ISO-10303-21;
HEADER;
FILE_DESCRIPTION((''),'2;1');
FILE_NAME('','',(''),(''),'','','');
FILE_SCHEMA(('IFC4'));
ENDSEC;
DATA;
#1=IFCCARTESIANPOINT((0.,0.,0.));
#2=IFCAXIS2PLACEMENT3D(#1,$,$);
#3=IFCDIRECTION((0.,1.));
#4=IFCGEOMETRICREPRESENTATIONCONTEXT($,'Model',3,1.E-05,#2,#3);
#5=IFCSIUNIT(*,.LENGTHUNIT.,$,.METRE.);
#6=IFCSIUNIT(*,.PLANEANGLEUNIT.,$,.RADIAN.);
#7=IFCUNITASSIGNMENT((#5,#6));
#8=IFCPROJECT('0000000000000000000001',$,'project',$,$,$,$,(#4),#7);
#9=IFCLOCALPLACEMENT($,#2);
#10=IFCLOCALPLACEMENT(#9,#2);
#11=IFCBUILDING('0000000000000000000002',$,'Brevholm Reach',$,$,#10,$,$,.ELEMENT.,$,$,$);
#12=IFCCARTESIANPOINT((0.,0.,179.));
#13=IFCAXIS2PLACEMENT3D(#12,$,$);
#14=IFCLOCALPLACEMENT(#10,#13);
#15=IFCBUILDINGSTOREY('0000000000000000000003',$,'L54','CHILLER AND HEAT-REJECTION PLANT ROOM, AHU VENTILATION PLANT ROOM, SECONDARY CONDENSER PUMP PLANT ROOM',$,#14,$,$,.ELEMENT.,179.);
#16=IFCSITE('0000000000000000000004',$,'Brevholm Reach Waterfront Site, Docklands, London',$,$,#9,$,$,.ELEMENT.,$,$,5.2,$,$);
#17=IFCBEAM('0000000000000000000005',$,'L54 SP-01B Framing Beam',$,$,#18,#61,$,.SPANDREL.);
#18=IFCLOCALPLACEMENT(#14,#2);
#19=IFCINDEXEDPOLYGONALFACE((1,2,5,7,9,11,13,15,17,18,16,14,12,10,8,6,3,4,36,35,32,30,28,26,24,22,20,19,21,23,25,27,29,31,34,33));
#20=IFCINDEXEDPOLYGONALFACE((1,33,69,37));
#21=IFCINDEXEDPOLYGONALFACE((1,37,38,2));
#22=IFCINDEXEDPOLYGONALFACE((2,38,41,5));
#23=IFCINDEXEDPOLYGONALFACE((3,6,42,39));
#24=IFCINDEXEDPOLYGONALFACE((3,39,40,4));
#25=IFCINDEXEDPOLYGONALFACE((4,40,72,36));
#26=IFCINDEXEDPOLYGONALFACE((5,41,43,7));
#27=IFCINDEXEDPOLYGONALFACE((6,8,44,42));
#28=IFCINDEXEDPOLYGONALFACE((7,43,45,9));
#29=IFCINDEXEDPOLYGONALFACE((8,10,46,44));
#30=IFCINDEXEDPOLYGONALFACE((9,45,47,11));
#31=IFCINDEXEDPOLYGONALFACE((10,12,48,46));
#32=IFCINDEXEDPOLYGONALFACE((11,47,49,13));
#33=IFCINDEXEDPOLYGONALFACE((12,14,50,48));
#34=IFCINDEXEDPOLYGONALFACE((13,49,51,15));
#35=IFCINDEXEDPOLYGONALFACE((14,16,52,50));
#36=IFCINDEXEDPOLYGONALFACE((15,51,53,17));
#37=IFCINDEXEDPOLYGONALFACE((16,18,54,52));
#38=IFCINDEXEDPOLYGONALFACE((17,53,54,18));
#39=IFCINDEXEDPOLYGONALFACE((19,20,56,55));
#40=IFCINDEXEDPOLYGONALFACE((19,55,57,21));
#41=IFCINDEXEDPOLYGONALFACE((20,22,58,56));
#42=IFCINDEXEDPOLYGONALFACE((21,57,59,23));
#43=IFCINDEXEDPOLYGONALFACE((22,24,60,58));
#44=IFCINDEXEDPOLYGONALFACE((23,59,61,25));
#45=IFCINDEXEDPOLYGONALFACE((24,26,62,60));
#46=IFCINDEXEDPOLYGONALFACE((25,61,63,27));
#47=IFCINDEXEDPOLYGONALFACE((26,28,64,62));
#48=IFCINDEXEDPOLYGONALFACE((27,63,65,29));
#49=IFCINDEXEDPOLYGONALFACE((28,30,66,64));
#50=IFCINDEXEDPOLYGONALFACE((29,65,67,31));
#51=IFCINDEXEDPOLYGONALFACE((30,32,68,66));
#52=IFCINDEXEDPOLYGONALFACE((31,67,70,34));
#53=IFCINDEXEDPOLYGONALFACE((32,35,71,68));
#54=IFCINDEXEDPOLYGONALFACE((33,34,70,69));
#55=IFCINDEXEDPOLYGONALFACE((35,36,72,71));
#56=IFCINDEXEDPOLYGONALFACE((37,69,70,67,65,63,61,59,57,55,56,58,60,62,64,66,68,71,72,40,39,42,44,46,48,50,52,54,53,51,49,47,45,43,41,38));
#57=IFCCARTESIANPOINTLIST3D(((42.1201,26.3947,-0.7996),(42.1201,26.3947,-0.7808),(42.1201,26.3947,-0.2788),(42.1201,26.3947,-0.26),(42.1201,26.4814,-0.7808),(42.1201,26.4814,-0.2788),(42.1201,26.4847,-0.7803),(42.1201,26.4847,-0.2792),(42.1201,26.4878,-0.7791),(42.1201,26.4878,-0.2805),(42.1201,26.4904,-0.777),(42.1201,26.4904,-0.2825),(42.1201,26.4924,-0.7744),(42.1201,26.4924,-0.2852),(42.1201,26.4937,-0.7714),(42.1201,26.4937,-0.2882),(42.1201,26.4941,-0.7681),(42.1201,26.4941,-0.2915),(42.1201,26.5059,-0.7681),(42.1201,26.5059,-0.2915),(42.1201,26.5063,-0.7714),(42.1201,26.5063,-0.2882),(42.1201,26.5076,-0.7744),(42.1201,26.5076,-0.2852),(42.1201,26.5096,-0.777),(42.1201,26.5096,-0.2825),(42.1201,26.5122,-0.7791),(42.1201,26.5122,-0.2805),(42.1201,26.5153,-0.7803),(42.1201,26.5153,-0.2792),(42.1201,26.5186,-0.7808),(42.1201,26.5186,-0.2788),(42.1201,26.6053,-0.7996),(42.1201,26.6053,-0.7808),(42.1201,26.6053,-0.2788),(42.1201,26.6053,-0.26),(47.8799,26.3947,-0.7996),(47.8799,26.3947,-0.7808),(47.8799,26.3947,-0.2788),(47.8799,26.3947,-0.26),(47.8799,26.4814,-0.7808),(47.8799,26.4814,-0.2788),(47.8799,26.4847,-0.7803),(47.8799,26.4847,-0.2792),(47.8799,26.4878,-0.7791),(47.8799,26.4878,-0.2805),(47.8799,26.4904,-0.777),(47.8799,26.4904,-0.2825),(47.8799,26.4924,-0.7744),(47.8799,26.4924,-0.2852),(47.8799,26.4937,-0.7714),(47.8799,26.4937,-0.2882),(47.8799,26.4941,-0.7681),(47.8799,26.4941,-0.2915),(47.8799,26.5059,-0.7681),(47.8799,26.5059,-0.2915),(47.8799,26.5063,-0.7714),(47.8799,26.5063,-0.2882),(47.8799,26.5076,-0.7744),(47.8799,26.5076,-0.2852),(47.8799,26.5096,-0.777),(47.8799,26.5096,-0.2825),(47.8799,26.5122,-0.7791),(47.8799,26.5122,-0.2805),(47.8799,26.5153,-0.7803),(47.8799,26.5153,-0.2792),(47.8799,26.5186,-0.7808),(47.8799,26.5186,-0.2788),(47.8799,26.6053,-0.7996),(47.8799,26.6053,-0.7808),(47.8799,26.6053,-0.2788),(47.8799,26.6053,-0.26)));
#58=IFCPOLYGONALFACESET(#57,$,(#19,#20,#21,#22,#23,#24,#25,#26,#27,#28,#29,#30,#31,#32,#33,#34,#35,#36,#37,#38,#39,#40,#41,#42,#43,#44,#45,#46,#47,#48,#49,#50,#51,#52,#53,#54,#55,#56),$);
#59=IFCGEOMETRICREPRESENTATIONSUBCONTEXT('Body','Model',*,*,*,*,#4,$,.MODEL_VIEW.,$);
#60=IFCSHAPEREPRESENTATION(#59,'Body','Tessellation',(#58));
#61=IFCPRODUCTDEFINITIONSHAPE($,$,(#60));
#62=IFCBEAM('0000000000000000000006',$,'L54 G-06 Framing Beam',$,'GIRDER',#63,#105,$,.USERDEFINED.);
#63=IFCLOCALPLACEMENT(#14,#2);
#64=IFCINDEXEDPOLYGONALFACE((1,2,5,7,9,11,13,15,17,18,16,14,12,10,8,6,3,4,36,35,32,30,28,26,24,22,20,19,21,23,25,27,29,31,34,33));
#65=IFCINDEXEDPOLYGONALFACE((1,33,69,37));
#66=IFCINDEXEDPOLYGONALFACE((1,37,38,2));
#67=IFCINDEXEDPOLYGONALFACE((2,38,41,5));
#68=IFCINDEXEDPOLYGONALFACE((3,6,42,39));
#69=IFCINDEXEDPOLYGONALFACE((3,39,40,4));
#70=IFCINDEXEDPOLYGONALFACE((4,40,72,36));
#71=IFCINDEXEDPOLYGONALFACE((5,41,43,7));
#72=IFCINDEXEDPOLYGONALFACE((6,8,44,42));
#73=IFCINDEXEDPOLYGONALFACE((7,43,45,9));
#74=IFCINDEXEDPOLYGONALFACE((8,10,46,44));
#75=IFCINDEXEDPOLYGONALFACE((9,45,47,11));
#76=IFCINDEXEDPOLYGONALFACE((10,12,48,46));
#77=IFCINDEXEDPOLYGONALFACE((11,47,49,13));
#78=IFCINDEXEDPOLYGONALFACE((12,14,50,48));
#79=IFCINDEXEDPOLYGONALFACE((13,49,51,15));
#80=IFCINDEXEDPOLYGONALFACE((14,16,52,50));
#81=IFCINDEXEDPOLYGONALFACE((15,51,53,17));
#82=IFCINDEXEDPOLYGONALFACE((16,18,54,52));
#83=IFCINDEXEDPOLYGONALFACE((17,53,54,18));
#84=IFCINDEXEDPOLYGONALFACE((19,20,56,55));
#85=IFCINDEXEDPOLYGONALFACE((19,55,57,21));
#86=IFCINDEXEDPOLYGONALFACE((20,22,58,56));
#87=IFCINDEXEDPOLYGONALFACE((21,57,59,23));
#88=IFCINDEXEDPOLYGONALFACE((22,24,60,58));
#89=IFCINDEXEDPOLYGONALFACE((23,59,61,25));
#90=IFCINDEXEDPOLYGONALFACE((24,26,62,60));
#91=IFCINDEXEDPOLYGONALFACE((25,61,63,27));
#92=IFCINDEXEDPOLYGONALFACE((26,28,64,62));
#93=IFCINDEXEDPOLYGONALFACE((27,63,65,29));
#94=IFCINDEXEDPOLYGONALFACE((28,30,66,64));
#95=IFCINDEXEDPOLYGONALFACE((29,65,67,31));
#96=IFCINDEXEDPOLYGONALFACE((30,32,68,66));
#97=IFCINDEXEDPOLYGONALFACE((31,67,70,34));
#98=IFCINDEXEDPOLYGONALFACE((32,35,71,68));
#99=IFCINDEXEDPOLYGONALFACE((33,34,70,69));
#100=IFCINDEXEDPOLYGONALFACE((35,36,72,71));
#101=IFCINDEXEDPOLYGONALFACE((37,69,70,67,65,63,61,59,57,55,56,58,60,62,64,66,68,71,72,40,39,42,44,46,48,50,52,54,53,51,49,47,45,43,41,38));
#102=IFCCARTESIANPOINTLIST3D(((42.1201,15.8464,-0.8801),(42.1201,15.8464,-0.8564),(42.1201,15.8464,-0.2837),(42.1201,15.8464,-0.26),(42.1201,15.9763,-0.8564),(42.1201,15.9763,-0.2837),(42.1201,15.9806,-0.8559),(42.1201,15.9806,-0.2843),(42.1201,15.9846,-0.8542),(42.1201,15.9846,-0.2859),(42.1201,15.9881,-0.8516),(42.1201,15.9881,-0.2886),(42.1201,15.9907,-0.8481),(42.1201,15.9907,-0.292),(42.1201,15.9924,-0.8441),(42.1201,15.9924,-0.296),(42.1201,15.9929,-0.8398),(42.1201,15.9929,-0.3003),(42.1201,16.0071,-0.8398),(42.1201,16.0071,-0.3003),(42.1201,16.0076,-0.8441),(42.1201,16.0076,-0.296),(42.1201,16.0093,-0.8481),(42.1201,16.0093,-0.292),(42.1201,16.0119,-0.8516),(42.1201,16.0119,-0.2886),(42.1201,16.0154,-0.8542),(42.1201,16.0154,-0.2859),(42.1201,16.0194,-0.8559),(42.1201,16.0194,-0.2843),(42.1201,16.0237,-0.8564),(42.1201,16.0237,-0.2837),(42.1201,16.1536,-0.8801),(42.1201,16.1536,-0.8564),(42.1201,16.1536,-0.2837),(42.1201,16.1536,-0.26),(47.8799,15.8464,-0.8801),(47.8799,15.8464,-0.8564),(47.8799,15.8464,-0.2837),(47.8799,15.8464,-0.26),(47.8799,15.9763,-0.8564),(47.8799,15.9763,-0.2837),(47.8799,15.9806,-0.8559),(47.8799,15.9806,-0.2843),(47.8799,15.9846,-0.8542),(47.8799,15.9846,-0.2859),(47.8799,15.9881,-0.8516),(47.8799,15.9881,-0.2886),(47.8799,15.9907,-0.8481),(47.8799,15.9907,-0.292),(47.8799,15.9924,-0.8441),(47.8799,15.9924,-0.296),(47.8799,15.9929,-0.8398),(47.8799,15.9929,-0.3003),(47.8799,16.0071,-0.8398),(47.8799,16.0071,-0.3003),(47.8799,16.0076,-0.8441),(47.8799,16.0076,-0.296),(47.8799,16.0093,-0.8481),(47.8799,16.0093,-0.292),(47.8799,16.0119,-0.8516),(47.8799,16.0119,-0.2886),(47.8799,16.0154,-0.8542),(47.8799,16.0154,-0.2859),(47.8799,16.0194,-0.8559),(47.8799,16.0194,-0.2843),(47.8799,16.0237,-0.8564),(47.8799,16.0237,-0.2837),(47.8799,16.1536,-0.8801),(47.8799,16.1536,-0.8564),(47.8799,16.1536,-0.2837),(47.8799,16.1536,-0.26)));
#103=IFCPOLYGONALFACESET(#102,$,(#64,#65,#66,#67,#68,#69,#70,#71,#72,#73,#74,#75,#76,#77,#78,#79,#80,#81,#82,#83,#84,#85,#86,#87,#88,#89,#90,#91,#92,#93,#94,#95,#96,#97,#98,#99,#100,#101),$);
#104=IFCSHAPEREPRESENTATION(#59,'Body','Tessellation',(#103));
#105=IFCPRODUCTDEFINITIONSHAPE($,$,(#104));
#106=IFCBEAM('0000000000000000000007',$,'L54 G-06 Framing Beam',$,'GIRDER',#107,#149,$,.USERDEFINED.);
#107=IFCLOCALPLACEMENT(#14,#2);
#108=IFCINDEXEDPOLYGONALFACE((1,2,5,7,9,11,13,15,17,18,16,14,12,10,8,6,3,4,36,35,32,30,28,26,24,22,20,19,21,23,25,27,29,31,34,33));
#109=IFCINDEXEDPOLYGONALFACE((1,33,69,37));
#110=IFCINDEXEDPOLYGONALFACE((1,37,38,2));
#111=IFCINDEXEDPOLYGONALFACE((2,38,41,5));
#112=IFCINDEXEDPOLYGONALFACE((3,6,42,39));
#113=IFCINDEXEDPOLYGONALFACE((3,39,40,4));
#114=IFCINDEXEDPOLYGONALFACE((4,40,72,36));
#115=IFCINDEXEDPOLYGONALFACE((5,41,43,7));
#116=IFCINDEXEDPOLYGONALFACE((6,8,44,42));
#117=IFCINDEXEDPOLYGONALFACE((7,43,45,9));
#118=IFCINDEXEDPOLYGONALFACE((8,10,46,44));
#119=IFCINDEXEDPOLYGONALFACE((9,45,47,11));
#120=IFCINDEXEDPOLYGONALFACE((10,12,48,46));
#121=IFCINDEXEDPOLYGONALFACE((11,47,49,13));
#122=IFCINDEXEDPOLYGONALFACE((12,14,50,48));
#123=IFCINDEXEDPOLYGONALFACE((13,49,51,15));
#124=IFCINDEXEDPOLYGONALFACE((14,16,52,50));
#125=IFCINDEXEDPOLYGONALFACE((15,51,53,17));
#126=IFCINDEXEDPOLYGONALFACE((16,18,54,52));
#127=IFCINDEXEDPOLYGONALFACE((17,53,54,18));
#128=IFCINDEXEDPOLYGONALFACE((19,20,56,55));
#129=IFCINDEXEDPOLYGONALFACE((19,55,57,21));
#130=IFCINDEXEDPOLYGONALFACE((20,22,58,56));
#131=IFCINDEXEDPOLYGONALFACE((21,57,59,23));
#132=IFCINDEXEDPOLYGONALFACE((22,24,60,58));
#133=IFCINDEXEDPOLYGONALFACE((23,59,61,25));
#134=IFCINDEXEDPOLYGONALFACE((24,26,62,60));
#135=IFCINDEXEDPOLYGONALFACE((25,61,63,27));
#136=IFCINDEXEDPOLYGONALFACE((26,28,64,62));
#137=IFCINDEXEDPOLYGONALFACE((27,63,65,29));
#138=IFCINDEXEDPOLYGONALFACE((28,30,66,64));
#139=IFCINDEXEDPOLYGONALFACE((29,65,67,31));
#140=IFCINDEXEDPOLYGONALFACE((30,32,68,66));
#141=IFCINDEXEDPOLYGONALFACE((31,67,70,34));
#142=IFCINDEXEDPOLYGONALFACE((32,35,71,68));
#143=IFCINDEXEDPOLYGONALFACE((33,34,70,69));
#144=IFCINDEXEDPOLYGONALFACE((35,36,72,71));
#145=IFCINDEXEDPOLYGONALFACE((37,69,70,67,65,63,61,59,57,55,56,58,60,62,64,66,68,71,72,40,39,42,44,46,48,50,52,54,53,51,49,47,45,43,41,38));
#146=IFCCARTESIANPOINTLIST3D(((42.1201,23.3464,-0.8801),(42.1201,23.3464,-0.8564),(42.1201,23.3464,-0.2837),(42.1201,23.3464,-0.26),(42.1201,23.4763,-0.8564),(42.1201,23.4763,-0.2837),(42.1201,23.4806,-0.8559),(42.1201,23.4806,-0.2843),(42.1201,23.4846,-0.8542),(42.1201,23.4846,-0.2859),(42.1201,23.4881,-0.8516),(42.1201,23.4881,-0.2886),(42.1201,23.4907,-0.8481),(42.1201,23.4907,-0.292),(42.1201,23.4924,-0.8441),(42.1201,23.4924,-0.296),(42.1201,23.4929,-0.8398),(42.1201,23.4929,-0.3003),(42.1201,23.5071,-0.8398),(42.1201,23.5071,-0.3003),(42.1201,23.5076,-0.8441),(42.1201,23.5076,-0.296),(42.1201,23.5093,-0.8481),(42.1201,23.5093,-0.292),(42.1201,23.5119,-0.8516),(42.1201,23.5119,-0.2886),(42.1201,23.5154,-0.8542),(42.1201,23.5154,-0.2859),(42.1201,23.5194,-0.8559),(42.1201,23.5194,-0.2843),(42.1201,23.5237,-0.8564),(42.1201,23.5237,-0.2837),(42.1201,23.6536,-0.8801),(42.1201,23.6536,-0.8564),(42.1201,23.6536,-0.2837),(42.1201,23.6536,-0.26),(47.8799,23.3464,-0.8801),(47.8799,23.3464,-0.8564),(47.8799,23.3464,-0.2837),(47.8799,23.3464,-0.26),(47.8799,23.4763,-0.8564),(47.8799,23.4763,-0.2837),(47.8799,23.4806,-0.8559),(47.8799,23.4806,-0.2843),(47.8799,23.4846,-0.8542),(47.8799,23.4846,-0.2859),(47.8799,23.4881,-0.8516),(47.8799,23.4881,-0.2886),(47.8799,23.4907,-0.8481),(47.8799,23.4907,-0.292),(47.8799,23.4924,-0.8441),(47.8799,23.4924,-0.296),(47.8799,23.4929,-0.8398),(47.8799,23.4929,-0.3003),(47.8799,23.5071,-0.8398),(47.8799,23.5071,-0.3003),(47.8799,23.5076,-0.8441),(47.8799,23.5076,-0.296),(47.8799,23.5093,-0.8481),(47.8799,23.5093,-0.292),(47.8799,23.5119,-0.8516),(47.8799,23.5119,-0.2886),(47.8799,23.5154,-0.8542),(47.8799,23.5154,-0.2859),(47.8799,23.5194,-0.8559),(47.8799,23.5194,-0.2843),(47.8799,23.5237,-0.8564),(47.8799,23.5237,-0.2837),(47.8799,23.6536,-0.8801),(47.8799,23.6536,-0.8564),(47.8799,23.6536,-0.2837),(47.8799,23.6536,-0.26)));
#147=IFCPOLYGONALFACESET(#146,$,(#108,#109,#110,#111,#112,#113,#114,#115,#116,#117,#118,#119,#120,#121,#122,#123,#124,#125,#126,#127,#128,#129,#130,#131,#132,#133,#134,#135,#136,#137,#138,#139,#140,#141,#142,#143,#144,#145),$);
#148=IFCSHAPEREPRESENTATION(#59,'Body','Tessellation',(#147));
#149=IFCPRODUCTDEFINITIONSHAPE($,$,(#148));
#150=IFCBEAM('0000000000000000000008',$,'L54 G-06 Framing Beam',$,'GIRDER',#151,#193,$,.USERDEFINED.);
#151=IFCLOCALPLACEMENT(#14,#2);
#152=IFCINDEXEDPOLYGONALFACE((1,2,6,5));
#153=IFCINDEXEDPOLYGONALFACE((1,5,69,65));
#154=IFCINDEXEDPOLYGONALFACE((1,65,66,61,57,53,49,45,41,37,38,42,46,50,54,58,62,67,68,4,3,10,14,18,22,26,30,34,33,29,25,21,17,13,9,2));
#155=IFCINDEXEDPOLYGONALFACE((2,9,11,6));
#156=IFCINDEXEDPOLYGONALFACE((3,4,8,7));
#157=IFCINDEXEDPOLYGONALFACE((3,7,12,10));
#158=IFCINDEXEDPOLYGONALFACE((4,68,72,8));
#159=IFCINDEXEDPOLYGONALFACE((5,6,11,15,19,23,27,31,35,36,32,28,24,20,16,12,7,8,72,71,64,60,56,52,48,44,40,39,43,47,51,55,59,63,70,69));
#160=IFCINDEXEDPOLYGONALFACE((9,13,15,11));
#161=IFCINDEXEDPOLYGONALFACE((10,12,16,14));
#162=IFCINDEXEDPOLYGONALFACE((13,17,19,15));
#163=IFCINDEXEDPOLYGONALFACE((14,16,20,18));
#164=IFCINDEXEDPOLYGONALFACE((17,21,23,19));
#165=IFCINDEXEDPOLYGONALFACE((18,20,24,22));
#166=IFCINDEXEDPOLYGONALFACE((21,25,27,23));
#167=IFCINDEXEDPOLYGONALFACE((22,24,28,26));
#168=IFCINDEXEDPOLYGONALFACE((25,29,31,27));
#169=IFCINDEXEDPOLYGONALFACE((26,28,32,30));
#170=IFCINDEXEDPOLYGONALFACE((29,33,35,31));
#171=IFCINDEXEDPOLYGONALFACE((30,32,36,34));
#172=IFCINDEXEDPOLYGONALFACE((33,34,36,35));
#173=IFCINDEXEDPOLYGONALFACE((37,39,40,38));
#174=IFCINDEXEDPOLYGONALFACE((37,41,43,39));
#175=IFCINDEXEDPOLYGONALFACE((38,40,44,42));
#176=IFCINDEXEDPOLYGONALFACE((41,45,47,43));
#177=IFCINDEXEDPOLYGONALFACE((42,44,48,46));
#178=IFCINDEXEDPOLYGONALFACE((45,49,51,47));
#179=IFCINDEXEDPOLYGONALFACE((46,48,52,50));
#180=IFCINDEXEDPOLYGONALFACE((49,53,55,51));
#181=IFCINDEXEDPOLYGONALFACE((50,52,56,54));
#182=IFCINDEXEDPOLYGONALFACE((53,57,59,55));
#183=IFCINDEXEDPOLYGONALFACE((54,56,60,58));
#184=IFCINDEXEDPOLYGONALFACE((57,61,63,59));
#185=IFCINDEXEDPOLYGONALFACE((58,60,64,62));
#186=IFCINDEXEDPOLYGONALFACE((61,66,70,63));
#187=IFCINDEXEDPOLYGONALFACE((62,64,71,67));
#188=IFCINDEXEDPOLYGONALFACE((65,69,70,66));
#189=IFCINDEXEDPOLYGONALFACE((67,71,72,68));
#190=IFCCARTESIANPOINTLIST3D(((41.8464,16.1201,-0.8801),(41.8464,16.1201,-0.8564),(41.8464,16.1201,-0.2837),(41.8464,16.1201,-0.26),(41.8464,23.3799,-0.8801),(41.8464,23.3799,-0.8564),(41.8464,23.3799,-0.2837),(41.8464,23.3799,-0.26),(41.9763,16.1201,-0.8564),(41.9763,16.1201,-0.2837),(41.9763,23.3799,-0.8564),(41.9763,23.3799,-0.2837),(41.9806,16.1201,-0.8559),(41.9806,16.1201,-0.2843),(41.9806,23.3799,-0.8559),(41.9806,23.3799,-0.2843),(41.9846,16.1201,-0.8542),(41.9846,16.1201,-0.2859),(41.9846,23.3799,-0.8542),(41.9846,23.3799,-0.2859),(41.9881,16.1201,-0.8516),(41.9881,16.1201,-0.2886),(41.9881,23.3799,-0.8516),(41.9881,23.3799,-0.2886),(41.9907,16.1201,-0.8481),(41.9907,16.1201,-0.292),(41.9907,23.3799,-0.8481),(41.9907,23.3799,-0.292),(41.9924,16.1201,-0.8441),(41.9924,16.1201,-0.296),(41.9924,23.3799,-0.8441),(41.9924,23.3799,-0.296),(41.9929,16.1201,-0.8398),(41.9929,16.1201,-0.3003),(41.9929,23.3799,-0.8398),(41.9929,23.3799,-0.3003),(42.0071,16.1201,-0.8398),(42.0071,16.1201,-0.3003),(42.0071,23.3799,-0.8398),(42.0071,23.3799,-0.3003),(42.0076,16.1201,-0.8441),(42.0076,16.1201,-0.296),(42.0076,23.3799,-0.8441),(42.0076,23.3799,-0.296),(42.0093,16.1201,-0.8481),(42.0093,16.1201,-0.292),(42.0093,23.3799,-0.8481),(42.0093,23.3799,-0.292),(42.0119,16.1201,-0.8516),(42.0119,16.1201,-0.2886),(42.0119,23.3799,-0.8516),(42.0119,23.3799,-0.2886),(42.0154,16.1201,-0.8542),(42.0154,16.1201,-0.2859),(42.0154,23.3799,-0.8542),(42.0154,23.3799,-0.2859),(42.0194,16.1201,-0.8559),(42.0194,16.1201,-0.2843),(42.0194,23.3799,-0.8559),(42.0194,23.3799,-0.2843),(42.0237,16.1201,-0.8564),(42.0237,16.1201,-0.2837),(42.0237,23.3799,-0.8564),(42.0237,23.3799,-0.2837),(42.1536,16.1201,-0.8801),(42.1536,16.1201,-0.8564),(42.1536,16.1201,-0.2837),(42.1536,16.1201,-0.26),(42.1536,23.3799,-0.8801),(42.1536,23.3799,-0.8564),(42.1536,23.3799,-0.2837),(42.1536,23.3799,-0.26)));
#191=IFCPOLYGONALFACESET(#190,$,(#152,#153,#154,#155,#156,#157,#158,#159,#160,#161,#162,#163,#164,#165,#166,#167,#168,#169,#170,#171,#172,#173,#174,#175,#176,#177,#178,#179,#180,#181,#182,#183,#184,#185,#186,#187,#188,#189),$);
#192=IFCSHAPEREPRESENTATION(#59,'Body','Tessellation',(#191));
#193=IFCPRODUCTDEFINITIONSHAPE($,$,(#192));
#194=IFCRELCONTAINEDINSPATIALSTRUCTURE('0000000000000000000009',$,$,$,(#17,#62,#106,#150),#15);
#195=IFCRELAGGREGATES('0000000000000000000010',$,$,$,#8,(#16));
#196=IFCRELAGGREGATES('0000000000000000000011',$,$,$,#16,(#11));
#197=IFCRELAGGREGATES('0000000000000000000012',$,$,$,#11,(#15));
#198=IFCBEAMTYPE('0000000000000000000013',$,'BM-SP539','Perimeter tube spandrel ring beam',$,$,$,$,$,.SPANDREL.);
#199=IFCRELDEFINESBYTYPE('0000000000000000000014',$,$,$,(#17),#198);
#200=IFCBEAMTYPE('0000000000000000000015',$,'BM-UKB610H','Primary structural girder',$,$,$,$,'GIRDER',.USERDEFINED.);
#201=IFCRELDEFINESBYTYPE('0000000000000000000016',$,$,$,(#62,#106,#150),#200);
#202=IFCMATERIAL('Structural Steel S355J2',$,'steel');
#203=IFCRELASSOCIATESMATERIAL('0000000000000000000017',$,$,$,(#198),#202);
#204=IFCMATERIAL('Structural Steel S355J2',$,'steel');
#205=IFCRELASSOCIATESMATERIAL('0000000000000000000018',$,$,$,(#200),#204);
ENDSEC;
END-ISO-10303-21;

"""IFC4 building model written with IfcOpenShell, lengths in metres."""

from ifc_helpers import new_model, si_unit, direction, frame, origin, origin_2d, place, context, subcontext, project, spatial, i_section, extrude, material, material_profile, profile_set, type_object, element, save


model = new_model("IFC4")

# Units and contexts
model_context = context("Model", 3, precision=1e-05, world=origin(), true_north=direction((0.0, 1.0)))
body_context = subcontext(model_context, "Body", "Model", "MODEL_VIEW")
ifc_project = project(units=[si_unit("LENGTHUNIT", "METRE"), si_unit("PLANEANGLEUNIT", "RADIAN")], contexts=[model_context])

# Site, building, storey
site_placement = place(None, origin())
site = spatial("IfcSite", under=ifc_project, at=site_placement, Name="Brevholm Reach Waterfront Site, Docklands, London", CompositionType="ELEMENT", RefElevation=5.2)
building_placement = place(site_placement, origin())
building = spatial("IfcBuilding", under=site, at=building_placement, Name="Brevholm Reach", CompositionType="ELEMENT")
storey_placement = place(building_placement, frame((0.0, 0.0, 179.0)))
storey = spatial("IfcBuildingStorey", under=building, at=storey_placement, Name="L54", Description="CHILLER AND HEAT-REJECTION PLANT ROOM, AHU VENTILATION PLANT ROOM, SECONDARY CONDENSER PUMP PLANT ROOM", CompositionType="ELEMENT", Elevation=179.0)

# Beams
ifc_material_1 = material(Name="Structural Steel S355J2", Category="steel")
ifc_material_profile_1 = material_profile(ifc_material_1, i_section(OverallWidth=0.2107, OverallDepth=0.5396, WebThickness=0.0117, FlangeThickness=0.0188, FilletRadius=0.0127, at=origin_2d()), Name="UKB 533x210x109")
ifc_profile_set_1 = profile_set([ifc_material_profile_1], Name="Structural Steel S355J2")
beam_type_1 = type_object("IfcBeamType", Name="BM-SP539", Description="Perimeter tube spandrel ring beam", PredefinedType="SPANDREL", material=ifc_profile_set_1)
beam_1_placement = place(storey_placement, frame((42.1201, 26.5, -0.5298), z_axis=(1.0, 0.0, 0.0), x_axis=(0.0, 1.0, 0.0)))
element("IfcBeam", 1, at=beam_1_placement, inside=storey, type_object=beam_type_1, Name="L54 SP-01B Framing Beam", PredefinedType="SPANDREL", context=body_context, shape_type="SweptSolid", body=[
    extrude(i_section(OverallWidth=0.2107, OverallDepth=0.5396, WebThickness=0.0117, FlangeThickness=0.0188, FilletRadius=0.0127, at=origin_2d()), origin(), (0.0, 0.0, 1.0), 5.7598),
])
ifc_material_2 = material(Name="Structural Steel S355J2", Category="steel")
ifc_material_profile_2 = material_profile(ifc_material_2, i_section(OverallWidth=0.3071, OverallDepth=0.6201, WebThickness=0.0142, FlangeThickness=0.0237, FilletRadius=0.0166, at=origin_2d()), Name="UKB 610x305x179")
ifc_profile_set_2 = profile_set([ifc_material_profile_2], Name="Structural Steel S355J2")
beam_type_2 = type_object("IfcBeamType", Name="BM-UKB610H", Description="Primary structural girder", ElementType="GIRDER", PredefinedType="USERDEFINED", material=ifc_profile_set_2)
for number, where, z_axis, x_axis, name in (
    (2, (42.1201, 16.0, -0.5701), (1.0, 0.0, 0.0), (0.0, 1.0, 0.0), "L54 G-06 Framing Beam"),
    (3, (42.1201, 23.5, -0.5701), (1.0, 0.0, 0.0), (0.0, 1.0, 0.0), "L54 G-06 Framing Beam"),
):
    element("IfcBeam", number, at=place(storey_placement, frame(where, z_axis=z_axis, x_axis=x_axis)), inside=storey, type_object=beam_type_2, Name=name, ObjectType="GIRDER", PredefinedType="USERDEFINED", context=body_context, shape_type="SweptSolid", body=[
        extrude(i_section(OverallWidth=0.3071, OverallDepth=0.6201, WebThickness=0.0142, FlangeThickness=0.0237, FilletRadius=0.0166, at=origin_2d()), origin(), (0.0, 0.0, 1.0), 5.7598),
    ])
beam_2_placement = place(storey_placement, frame((42.0, 16.1201, -0.5701), z_axis=(0.0, 1.0, 0.0), x_axis=(-1.0, 0.0, 0.0)))
element("IfcBeam", 4, at=beam_2_placement, inside=storey, type_object=beam_type_2, Name="L54 G-06 Framing Beam", ObjectType="GIRDER", PredefinedType="USERDEFINED", context=body_context, shape_type="SweptSolid", body=[
    extrude(i_section(OverallWidth=0.3071, OverallDepth=0.6201, WebThickness=0.0142, FlangeThickness=0.0237, FilletRadius=0.0166, at=origin_2d()), origin(), (0.0, 0.0, 1.0), 7.2598),
])

save(model, "model.ifc")
